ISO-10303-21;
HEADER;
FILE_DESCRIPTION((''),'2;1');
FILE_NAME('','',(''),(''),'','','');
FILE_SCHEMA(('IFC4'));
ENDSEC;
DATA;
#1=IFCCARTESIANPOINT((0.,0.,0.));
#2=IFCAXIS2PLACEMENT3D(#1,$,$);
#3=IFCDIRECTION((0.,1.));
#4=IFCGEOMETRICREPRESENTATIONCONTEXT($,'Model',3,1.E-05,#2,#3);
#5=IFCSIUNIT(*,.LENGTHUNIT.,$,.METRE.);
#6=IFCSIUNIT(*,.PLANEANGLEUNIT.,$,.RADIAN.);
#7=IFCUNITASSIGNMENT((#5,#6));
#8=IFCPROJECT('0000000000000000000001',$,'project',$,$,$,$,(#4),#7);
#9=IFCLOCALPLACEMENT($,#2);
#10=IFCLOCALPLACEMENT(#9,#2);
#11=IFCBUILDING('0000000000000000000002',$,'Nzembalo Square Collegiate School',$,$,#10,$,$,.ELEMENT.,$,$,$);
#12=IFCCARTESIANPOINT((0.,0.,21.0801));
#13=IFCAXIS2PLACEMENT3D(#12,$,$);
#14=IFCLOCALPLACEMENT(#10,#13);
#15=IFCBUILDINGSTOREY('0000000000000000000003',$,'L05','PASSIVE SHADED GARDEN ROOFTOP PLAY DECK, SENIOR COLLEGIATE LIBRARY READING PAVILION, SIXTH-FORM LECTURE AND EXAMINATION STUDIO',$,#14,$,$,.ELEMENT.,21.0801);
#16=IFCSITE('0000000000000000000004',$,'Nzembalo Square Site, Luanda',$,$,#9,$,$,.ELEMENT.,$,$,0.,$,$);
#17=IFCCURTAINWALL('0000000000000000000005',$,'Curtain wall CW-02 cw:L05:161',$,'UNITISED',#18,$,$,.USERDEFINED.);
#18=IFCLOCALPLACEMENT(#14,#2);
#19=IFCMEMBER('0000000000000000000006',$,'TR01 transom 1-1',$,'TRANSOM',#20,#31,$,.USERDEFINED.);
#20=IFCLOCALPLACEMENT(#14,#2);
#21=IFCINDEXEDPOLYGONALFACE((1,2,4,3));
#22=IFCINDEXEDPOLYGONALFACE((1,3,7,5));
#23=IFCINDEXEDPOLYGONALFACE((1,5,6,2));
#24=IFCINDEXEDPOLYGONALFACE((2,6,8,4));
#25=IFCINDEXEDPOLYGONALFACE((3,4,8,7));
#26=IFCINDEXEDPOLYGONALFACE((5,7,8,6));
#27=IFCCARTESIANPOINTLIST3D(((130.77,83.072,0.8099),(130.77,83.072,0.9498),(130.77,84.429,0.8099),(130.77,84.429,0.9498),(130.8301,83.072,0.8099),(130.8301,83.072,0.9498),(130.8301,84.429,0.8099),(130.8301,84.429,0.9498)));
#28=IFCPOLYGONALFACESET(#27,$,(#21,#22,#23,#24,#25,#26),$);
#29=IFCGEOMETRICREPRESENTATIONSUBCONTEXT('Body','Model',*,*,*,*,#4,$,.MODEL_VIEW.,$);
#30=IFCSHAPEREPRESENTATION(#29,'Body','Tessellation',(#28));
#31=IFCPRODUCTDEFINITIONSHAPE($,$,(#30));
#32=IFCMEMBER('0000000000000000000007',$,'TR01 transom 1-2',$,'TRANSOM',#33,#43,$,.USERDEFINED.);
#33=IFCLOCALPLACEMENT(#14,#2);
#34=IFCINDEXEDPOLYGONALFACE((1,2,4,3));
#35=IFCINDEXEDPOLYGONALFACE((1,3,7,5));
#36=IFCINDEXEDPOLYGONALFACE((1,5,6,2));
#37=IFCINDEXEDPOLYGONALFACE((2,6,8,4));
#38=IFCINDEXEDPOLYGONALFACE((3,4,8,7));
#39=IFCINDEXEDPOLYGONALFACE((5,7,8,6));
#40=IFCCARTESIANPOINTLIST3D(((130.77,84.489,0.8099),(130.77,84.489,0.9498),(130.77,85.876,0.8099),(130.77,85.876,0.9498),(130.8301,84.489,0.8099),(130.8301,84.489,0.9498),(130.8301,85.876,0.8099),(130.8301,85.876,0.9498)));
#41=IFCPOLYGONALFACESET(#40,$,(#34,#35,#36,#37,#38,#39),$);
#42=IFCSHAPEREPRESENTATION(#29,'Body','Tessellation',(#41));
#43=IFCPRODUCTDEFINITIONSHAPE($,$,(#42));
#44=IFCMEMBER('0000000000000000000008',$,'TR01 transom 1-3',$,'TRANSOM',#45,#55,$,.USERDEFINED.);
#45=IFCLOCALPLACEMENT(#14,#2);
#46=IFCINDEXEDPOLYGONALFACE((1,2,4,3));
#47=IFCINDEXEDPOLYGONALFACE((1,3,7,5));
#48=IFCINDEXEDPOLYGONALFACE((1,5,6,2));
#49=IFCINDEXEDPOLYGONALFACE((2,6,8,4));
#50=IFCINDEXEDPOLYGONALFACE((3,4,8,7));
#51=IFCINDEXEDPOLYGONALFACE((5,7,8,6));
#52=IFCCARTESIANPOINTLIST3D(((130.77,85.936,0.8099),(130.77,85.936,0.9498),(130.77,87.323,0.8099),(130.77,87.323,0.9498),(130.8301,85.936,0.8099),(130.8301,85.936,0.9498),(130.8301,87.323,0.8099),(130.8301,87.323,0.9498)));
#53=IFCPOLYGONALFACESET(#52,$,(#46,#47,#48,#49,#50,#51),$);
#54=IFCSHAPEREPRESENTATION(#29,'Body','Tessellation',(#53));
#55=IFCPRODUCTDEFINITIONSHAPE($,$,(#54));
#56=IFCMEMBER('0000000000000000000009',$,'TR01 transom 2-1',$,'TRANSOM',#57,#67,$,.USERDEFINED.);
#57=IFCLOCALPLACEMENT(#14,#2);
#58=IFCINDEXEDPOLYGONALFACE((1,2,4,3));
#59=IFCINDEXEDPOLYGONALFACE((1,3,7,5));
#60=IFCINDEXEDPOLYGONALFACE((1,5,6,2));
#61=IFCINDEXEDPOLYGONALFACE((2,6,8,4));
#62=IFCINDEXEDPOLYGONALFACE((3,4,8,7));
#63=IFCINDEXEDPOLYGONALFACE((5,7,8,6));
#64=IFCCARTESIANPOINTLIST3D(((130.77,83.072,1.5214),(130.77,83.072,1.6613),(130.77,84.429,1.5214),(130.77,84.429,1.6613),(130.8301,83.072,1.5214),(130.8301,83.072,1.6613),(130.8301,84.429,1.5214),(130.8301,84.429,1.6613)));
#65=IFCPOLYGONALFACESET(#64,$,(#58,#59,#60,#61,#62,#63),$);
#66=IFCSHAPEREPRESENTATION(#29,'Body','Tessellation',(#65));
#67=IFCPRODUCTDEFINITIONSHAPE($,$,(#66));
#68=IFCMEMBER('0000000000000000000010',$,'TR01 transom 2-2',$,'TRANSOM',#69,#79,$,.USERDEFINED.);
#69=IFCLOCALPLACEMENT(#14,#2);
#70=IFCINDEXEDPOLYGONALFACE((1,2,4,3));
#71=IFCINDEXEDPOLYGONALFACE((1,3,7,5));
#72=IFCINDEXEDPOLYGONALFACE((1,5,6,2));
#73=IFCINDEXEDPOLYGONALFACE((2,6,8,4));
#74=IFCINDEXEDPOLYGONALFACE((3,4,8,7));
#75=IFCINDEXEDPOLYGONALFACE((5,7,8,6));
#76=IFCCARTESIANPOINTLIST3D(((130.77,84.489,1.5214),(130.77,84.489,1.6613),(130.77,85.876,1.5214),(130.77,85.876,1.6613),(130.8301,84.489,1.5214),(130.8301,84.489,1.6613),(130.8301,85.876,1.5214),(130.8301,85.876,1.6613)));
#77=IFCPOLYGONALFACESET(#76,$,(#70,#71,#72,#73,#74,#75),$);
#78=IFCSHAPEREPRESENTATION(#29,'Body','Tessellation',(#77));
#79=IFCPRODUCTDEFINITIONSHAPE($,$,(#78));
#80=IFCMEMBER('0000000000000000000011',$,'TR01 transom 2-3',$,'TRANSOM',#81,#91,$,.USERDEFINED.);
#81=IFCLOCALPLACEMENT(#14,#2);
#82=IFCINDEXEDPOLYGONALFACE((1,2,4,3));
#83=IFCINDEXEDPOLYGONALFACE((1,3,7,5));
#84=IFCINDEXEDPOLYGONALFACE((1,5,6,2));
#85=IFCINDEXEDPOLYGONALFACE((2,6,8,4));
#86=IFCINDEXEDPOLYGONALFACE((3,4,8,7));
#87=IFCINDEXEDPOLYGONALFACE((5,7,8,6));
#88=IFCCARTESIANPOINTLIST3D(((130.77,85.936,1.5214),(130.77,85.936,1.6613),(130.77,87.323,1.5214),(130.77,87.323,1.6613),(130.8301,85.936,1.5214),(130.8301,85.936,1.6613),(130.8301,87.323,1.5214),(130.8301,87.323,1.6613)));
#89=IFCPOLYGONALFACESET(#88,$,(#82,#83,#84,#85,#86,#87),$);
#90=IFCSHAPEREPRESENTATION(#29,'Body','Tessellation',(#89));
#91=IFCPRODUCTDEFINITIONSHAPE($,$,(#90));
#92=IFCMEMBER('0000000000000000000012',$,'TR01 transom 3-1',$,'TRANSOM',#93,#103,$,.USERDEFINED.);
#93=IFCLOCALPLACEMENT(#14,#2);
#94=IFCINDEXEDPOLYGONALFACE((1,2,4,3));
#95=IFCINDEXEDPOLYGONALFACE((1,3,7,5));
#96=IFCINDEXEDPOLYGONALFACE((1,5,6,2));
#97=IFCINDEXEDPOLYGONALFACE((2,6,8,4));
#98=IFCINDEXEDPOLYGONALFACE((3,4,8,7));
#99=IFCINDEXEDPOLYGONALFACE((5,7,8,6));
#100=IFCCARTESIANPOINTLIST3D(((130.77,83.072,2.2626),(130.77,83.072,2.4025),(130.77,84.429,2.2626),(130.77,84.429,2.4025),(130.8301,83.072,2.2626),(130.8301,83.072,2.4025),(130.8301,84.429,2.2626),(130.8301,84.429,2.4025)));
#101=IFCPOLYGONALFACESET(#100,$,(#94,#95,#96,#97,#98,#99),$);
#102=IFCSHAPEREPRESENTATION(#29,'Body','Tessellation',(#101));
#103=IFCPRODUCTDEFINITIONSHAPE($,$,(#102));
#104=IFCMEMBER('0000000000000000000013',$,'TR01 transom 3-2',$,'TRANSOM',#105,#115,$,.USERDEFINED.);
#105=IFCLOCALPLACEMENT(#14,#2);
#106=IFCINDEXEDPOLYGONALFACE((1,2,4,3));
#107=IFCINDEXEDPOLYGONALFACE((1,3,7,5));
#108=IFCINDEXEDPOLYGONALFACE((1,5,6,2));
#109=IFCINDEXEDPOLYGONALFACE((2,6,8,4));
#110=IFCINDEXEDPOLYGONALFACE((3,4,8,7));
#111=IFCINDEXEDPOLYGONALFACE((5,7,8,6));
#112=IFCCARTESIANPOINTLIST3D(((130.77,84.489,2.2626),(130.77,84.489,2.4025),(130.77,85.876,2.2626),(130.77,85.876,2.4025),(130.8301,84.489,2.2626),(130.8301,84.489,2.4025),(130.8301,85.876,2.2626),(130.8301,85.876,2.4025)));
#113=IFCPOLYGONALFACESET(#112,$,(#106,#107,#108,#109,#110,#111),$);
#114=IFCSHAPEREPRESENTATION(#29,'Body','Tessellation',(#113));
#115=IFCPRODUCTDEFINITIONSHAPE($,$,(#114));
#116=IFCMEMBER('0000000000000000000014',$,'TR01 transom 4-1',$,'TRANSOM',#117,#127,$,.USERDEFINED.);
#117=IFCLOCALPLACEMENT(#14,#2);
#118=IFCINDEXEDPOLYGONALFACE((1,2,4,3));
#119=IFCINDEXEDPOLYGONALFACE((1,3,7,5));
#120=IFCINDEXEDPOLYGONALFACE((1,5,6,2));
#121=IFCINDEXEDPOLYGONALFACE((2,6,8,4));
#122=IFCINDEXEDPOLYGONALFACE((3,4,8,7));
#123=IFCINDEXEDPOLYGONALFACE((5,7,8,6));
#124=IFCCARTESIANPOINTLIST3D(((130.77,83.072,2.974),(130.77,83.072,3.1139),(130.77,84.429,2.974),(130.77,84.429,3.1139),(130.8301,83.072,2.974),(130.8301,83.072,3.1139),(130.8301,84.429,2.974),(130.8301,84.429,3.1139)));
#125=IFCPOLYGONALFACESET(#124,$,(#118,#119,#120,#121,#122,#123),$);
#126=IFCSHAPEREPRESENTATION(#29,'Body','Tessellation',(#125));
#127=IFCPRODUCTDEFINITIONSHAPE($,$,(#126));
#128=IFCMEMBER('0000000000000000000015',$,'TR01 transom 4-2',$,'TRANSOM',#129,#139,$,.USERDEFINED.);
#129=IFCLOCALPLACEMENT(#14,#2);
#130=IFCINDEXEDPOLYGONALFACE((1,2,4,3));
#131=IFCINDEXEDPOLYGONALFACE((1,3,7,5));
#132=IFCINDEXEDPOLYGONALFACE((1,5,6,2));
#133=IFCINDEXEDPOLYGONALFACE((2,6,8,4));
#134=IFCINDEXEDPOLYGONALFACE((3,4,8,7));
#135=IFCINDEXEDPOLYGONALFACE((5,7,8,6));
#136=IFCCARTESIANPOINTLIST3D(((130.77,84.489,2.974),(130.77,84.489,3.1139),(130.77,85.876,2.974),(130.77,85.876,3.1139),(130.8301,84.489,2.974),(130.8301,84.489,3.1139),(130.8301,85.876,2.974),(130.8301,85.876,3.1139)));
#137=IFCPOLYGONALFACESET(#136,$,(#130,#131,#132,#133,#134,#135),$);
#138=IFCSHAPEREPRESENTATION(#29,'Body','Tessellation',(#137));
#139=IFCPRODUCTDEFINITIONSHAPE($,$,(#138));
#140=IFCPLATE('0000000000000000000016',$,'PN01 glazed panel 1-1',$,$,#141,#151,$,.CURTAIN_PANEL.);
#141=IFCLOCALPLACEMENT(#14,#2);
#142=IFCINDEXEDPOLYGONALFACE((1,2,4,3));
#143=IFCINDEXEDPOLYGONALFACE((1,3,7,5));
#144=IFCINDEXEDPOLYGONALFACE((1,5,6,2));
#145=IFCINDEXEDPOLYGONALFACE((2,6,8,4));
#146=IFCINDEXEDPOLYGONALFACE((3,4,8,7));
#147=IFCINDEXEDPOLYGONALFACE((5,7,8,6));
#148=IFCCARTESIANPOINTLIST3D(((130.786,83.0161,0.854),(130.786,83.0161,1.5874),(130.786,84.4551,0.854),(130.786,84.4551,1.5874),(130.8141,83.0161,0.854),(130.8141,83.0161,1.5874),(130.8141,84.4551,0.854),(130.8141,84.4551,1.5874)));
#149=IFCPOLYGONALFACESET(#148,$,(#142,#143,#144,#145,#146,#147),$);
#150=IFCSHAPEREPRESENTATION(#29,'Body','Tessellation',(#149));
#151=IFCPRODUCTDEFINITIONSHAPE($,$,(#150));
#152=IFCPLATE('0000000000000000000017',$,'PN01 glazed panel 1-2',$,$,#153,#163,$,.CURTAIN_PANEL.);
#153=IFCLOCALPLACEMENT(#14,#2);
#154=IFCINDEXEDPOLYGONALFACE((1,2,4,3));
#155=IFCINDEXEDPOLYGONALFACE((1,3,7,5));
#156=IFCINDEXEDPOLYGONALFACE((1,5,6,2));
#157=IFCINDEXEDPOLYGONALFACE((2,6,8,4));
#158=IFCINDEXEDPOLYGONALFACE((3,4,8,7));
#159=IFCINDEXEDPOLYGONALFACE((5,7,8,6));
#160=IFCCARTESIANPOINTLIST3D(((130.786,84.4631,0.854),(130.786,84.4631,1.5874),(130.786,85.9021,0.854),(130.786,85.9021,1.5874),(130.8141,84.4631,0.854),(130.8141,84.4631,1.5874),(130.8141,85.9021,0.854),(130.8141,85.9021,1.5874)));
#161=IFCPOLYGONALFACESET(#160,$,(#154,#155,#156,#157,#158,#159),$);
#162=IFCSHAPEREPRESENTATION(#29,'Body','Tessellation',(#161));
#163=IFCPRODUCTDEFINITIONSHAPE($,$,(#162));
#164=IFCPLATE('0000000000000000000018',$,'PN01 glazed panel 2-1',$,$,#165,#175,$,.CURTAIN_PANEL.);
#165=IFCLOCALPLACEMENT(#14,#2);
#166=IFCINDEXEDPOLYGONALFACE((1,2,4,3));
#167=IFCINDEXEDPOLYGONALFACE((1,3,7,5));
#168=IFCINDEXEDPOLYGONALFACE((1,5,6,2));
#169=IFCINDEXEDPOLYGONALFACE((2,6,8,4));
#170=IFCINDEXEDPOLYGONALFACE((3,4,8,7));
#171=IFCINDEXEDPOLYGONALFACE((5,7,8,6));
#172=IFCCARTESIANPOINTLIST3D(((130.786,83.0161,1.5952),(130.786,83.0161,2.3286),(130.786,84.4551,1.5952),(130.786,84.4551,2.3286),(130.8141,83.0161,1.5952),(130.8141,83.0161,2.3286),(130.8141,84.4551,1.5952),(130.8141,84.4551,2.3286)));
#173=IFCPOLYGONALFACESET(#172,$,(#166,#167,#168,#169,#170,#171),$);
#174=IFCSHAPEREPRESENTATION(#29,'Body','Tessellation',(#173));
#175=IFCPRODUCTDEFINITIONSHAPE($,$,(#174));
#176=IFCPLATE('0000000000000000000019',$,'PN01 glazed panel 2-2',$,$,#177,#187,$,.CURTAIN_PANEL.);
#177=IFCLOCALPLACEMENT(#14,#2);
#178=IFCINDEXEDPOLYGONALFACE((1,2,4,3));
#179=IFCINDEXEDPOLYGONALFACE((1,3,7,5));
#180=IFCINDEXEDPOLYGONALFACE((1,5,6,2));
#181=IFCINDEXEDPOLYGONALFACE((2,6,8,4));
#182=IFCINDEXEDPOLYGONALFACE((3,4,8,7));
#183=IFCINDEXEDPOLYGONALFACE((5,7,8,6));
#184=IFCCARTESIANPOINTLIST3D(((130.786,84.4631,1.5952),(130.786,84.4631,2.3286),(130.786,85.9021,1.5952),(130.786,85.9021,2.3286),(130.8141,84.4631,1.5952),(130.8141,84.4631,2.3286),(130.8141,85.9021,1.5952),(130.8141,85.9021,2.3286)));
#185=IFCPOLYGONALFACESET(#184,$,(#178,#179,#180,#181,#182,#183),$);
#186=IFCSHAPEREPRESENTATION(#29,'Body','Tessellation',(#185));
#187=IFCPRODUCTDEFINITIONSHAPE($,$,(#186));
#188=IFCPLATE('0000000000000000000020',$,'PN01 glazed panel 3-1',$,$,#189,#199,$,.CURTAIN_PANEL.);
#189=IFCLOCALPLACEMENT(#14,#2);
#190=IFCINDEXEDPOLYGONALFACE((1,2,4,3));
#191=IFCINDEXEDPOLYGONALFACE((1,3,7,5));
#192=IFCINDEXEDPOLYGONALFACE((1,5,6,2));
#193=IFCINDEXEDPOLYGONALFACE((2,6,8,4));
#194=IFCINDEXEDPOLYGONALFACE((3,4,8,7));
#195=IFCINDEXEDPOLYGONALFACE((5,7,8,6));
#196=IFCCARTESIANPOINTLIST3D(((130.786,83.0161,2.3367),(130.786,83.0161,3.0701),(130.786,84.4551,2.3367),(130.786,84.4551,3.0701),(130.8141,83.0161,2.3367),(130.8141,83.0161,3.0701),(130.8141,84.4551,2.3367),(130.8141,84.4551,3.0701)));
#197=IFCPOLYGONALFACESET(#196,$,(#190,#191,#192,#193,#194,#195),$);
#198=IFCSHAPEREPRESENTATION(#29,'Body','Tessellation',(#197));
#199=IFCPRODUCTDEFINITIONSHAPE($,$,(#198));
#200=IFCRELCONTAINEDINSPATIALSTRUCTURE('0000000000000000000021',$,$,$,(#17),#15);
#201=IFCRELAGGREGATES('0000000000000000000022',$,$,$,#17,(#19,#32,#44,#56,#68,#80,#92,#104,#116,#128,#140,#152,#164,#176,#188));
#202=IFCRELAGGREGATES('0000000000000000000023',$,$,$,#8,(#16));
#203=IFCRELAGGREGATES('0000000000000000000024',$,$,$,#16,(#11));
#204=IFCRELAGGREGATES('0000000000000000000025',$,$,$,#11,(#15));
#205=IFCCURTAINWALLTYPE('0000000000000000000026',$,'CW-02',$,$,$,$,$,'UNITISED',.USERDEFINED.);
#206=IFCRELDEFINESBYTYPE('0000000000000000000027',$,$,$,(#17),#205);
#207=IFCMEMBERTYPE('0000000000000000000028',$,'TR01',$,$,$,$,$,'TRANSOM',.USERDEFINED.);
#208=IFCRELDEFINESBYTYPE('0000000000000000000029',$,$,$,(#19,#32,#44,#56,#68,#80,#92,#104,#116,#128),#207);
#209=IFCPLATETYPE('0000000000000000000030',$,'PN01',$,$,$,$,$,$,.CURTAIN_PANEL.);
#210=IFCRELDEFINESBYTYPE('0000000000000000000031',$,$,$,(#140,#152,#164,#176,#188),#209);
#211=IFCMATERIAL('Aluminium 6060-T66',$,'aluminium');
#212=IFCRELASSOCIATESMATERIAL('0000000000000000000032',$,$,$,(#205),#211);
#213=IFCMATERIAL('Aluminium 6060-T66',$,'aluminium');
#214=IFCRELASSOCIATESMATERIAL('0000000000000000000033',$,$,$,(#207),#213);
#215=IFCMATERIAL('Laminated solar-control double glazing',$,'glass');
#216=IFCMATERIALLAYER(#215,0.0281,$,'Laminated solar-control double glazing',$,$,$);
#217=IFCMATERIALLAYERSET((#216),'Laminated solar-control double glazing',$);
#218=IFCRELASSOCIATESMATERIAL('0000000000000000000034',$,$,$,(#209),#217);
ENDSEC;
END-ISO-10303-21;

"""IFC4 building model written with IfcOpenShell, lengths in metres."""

from ifc_helpers import new_model, si_unit, direction, frame, origin, origin_2d, place, context, subcontext, project, spatial, rectangle, extrude, material, layer, layer_set, material_profile, profile_set, type_object, element, aggregate, save


model = new_model("IFC4")

# Units and contexts
model_context = context("Model", 3, precision=1e-05, world=origin(), true_north=direction((0.0, 1.0)))
body_context = subcontext(model_context, "Body", "Model", "MODEL_VIEW")
ifc_project = project(units=[si_unit("LENGTHUNIT", "METRE"), si_unit("PLANEANGLEUNIT", "RADIAN")], contexts=[model_context])

# Site, building, storey
site_placement = place(None, origin())
site = spatial("IfcSite", under=ifc_project, at=site_placement, Name="Nzembalo Square Site, Luanda", CompositionType="ELEMENT", RefElevation=0.0)
building_placement = place(site_placement, origin())
building = spatial("IfcBuilding", under=site, at=building_placement, Name="Nzembalo Square Collegiate School", CompositionType="ELEMENT")
storey_placement = place(building_placement, frame((0.0, 0.0, 21.0801)))
storey = spatial("IfcBuildingStorey", under=building, at=storey_placement, Name="L05", Description="PASSIVE SHADED GARDEN ROOFTOP PLAY DECK, SENIOR COLLEGIATE LIBRARY READING PAVILION, SIXTH-FORM LECTURE AND EXAMINATION STUDIO", CompositionType="ELEMENT", Elevation=21.0801)

# Curtain wall, members, plates
ifc_material_1 = material(Name="Aluminium 6060-T66", Category="aluminium")
curtain_wall_type = type_object("IfcCurtainWallType", Name="CW-02", ElementType="UNITISED", PredefinedType="USERDEFINED", material=ifc_material_1)
curtain_wall_placement = place(storey_placement, origin())
curtain_wall = element("IfcCurtainWall", 1, at=curtain_wall_placement, inside=storey, type_object=curtain_wall_type, Name="Curtain wall CW-02 cw:L05:161", ObjectType="UNITISED", PredefinedType="USERDEFINED")
ifc_material_2 = material(Name="Aluminium 6060-T66", Category="aluminium")
ifc_material_profile = material_profile(ifc_material_2, rectangle(XDim=0.0601, YDim=0.1399, at=origin_2d()), Name="ALU T60x140")
ifc_profile_set = profile_set([ifc_material_profile], Name="Aluminium 6060-T66")
member_type = type_object("IfcMemberType", Name="TR01", ElementType="TRANSOM", PredefinedType="USERDEFINED", material=ifc_profile_set)
member_1_placement = place(storey_placement, frame((130.8, 83.072, 0.8799), z_axis=(0.0, 1.0, 0.0), x_axis=(-1.0, 0.0, 0.0)))
member_1 = element("IfcMember", 2, at=member_1_placement, type_object=member_type, Name="TR01 transom 1-1", ObjectType="TRANSOM", PredefinedType="USERDEFINED", context=body_context, shape_type="SweptSolid", body=[
    extrude(rectangle(XDim=0.0601, YDim=0.1399, at=origin_2d()), origin(), (0.0, 0.0, 1.0), 1.3569),
])
member_2_placement = place(storey_placement, frame((130.8, 84.489, 0.8799), z_axis=(0.0, 1.0, 0.0), x_axis=(-1.0, 0.0, 0.0)))
member_2 = element("IfcMember", 3, at=member_2_placement, type_object=member_type, Name="TR01 transom 1-2", ObjectType="TRANSOM", PredefinedType="USERDEFINED", context=body_context, shape_type="SweptSolid", body=[
    extrude(rectangle(XDim=0.0601, YDim=0.1399, at=origin_2d()), origin(), (0.0, 0.0, 1.0), 1.387),
])
member_3_placement = place(storey_placement, frame((130.8, 85.936, 0.8799), z_axis=(0.0, 1.0, 0.0), x_axis=(-1.0, 0.0, 0.0)))
member_3 = element("IfcMember", 4, at=member_3_placement, type_object=member_type, Name="TR01 transom 1-3", ObjectType="TRANSOM", PredefinedType="USERDEFINED", context=body_context, shape_type="SweptSolid", body=[
    extrude(rectangle(XDim=0.0601, YDim=0.1399, at=origin_2d()), origin(), (0.0, 0.0, 1.0), 1.387),
])
member_4_placement = place(storey_placement, frame((130.8, 83.072, 1.5913), z_axis=(0.0, 1.0, 0.0), x_axis=(-1.0, 0.0, 0.0)))
member_4 = element("IfcMember", 5, at=member_4_placement, type_object=member_type, Name="TR01 transom 2-1", ObjectType="TRANSOM", PredefinedType="USERDEFINED", context=body_context, shape_type="SweptSolid", body=[
    extrude(rectangle(XDim=0.0601, YDim=0.1399, at=origin_2d()), origin(), (0.0, 0.0, 1.0), 1.3569),
])
member_5_placement = place(storey_placement, frame((130.8, 84.489, 1.5913), z_axis=(0.0, 1.0, 0.0), x_axis=(-1.0, 0.0, 0.0)))
member_5 = element("IfcMember", 6, at=member_5_placement, type_object=member_type, Name="TR01 transom 2-2", ObjectType="TRANSOM", PredefinedType="USERDEFINED", context=body_context, shape_type="SweptSolid", body=[
    extrude(rectangle(XDim=0.0601, YDim=0.1399, at=origin_2d()), origin(), (0.0, 0.0, 1.0), 1.387),
])
member_6_placement = place(storey_placement, frame((130.8, 85.936, 1.5913), z_axis=(0.0, 1.0, 0.0), x_axis=(-1.0, 0.0, 0.0)))
member_6 = element("IfcMember", 7, at=member_6_placement, type_object=member_type, Name="TR01 transom 2-3", ObjectType="TRANSOM", PredefinedType="USERDEFINED", context=body_context, shape_type="SweptSolid", body=[
    extrude(rectangle(XDim=0.0601, YDim=0.1399, at=origin_2d()), origin(), (0.0, 0.0, 1.0), 1.387),
])
member_7_placement = place(storey_placement, frame((130.8, 83.072, 2.3325), z_axis=(0.0, 1.0, 0.0), x_axis=(-1.0, 0.0, 0.0)))
member_7 = element("IfcMember", 8, at=member_7_placement, type_object=member_type, Name="TR01 transom 3-1", ObjectType="TRANSOM", PredefinedType="USERDEFINED", context=body_context, shape_type="SweptSolid", body=[
    extrude(rectangle(XDim=0.0601, YDim=0.1399, at=origin_2d()), origin(), (0.0, 0.0, 1.0), 1.3569),
])
member_8_placement = place(storey_placement, frame((130.8, 84.489, 2.3325), z_axis=(0.0, 1.0, 0.0), x_axis=(-1.0, 0.0, 0.0)))
member_8 = element("IfcMember", 9, at=member_8_placement, type_object=member_type, Name="TR01 transom 3-2", ObjectType="TRANSOM", PredefinedType="USERDEFINED", context=body_context, shape_type="SweptSolid", body=[
    extrude(rectangle(XDim=0.0601, YDim=0.1399, at=origin_2d()), origin(), (0.0, 0.0, 1.0), 1.387),
])
member_9_placement = place(storey_placement, frame((130.8, 83.072, 3.0439), z_axis=(0.0, 1.0, 0.0), x_axis=(-1.0, 0.0, 0.0)))
member_9 = element("IfcMember", 10, at=member_9_placement, type_object=member_type, Name="TR01 transom 4-1", ObjectType="TRANSOM", PredefinedType="USERDEFINED", context=body_context, shape_type="SweptSolid", body=[
    extrude(rectangle(XDim=0.0601, YDim=0.1399, at=origin_2d()), origin(), (0.0, 0.0, 1.0), 1.3569),
])
member_10_placement = place(storey_placement, frame((130.8, 84.489, 3.0439), z_axis=(0.0, 1.0, 0.0), x_axis=(-1.0, 0.0, 0.0)))
member_10 = element("IfcMember", 11, at=member_10_placement, type_object=member_type, Name="TR01 transom 4-2", ObjectType="TRANSOM", PredefinedType="USERDEFINED", context=body_context, shape_type="SweptSolid", body=[
    extrude(rectangle(XDim=0.0601, YDim=0.1399, at=origin_2d()), origin(), (0.0, 0.0, 1.0), 1.387),
])
ifc_material_3 = material(Name="Laminated solar-control double glazing", Category="glass")
ifc_layer_1 = layer(ifc_material_3, 0.0281, Name="Laminated solar-control double glazing")
ifc_layer_set_1 = layer_set([ifc_layer_1], Name="Laminated solar-control double glazing")
plate_type = type_object("IfcPlateType", Name="PN01", PredefinedType="CURTAIN_PANEL", material=ifc_layer_set_1)
plate_1_placement = place(storey_placement, frame((130.8, 83.7356, 0.854), z_axis=(0.0, 0.0, 1.0), x_axis=(0.0, 1.0, 0.0)))
plate_1 = element("IfcPlate", 12, at=plate_1_placement, type_object=plate_type, Name="PN01 glazed panel 1-1", PredefinedType="CURTAIN_PANEL", context=body_context, shape_type="SweptSolid", body=[
    extrude(rectangle(XDim=1.439, YDim=0.0281, at=origin_2d()), origin(), (0.0, 0.0, 1.0), 0.7334),
])
plate_2_placement = place(storey_placement, frame((130.8, 85.1826, 0.854), z_axis=(0.0, 0.0, 1.0), x_axis=(0.0, 1.0, 0.0)))
plate_2 = element("IfcPlate", 13, at=plate_2_placement, type_object=plate_type, Name="PN01 glazed panel 1-2", PredefinedType="CURTAIN_PANEL", context=body_context, shape_type="SweptSolid", body=[
    extrude(rectangle(XDim=1.439, YDim=0.0281, at=origin_2d()), origin(), (0.0, 0.0, 1.0), 0.7334),
])
plate_3_placement = place(storey_placement, frame((130.8, 83.7356, 1.5952), z_axis=(0.0, 0.0, 1.0), x_axis=(0.0, 1.0, 0.0)))
plate_3 = element("IfcPlate", 14, at=plate_3_placement, type_object=plate_type, Name="PN01 glazed panel 2-1", PredefinedType="CURTAIN_PANEL", context=body_context, shape_type="SweptSolid", body=[
    extrude(rectangle(XDim=1.439, YDim=0.0281, at=origin_2d()), origin(), (0.0, 0.0, 1.0), 0.7334),
])
plate_4_placement = place(storey_placement, frame((130.8, 85.1826, 1.5952), z_axis=(0.0, 0.0, 1.0), x_axis=(0.0, 1.0, 0.0)))
plate_4 = element("IfcPlate", 15, at=plate_4_placement, type_object=plate_type, Name="PN01 glazed panel 2-2", PredefinedType="CURTAIN_PANEL", context=body_context, shape_type="SweptSolid", body=[
    extrude(rectangle(XDim=1.439, YDim=0.0281, at=origin_2d()), origin(), (0.0, 0.0, 1.0), 0.7334),
])
plate_5_placement = place(storey_placement, frame((130.8, 83.7356, 2.3367), z_axis=(0.0, 0.0, 1.0), x_axis=(0.0, 1.0, 0.0)))
plate_5 = element("IfcPlate", 16, at=plate_5_placement, type_object=plate_type, Name="PN01 glazed panel 3-1", PredefinedType="CURTAIN_PANEL", context=body_context, shape_type="SweptSolid", body=[
    extrude(rectangle(XDim=1.439, YDim=0.0281, at=origin_2d()), origin(), (0.0, 0.0, 1.0), 0.7334),
])
aggregate(curtain_wall, [member_1, member_2, member_3, member_4, member_5, member_6, member_7, member_8, member_9, member_10, plate_1, plate_2, plate_3, plate_4, plate_5])

save(model, "model.ifc")
